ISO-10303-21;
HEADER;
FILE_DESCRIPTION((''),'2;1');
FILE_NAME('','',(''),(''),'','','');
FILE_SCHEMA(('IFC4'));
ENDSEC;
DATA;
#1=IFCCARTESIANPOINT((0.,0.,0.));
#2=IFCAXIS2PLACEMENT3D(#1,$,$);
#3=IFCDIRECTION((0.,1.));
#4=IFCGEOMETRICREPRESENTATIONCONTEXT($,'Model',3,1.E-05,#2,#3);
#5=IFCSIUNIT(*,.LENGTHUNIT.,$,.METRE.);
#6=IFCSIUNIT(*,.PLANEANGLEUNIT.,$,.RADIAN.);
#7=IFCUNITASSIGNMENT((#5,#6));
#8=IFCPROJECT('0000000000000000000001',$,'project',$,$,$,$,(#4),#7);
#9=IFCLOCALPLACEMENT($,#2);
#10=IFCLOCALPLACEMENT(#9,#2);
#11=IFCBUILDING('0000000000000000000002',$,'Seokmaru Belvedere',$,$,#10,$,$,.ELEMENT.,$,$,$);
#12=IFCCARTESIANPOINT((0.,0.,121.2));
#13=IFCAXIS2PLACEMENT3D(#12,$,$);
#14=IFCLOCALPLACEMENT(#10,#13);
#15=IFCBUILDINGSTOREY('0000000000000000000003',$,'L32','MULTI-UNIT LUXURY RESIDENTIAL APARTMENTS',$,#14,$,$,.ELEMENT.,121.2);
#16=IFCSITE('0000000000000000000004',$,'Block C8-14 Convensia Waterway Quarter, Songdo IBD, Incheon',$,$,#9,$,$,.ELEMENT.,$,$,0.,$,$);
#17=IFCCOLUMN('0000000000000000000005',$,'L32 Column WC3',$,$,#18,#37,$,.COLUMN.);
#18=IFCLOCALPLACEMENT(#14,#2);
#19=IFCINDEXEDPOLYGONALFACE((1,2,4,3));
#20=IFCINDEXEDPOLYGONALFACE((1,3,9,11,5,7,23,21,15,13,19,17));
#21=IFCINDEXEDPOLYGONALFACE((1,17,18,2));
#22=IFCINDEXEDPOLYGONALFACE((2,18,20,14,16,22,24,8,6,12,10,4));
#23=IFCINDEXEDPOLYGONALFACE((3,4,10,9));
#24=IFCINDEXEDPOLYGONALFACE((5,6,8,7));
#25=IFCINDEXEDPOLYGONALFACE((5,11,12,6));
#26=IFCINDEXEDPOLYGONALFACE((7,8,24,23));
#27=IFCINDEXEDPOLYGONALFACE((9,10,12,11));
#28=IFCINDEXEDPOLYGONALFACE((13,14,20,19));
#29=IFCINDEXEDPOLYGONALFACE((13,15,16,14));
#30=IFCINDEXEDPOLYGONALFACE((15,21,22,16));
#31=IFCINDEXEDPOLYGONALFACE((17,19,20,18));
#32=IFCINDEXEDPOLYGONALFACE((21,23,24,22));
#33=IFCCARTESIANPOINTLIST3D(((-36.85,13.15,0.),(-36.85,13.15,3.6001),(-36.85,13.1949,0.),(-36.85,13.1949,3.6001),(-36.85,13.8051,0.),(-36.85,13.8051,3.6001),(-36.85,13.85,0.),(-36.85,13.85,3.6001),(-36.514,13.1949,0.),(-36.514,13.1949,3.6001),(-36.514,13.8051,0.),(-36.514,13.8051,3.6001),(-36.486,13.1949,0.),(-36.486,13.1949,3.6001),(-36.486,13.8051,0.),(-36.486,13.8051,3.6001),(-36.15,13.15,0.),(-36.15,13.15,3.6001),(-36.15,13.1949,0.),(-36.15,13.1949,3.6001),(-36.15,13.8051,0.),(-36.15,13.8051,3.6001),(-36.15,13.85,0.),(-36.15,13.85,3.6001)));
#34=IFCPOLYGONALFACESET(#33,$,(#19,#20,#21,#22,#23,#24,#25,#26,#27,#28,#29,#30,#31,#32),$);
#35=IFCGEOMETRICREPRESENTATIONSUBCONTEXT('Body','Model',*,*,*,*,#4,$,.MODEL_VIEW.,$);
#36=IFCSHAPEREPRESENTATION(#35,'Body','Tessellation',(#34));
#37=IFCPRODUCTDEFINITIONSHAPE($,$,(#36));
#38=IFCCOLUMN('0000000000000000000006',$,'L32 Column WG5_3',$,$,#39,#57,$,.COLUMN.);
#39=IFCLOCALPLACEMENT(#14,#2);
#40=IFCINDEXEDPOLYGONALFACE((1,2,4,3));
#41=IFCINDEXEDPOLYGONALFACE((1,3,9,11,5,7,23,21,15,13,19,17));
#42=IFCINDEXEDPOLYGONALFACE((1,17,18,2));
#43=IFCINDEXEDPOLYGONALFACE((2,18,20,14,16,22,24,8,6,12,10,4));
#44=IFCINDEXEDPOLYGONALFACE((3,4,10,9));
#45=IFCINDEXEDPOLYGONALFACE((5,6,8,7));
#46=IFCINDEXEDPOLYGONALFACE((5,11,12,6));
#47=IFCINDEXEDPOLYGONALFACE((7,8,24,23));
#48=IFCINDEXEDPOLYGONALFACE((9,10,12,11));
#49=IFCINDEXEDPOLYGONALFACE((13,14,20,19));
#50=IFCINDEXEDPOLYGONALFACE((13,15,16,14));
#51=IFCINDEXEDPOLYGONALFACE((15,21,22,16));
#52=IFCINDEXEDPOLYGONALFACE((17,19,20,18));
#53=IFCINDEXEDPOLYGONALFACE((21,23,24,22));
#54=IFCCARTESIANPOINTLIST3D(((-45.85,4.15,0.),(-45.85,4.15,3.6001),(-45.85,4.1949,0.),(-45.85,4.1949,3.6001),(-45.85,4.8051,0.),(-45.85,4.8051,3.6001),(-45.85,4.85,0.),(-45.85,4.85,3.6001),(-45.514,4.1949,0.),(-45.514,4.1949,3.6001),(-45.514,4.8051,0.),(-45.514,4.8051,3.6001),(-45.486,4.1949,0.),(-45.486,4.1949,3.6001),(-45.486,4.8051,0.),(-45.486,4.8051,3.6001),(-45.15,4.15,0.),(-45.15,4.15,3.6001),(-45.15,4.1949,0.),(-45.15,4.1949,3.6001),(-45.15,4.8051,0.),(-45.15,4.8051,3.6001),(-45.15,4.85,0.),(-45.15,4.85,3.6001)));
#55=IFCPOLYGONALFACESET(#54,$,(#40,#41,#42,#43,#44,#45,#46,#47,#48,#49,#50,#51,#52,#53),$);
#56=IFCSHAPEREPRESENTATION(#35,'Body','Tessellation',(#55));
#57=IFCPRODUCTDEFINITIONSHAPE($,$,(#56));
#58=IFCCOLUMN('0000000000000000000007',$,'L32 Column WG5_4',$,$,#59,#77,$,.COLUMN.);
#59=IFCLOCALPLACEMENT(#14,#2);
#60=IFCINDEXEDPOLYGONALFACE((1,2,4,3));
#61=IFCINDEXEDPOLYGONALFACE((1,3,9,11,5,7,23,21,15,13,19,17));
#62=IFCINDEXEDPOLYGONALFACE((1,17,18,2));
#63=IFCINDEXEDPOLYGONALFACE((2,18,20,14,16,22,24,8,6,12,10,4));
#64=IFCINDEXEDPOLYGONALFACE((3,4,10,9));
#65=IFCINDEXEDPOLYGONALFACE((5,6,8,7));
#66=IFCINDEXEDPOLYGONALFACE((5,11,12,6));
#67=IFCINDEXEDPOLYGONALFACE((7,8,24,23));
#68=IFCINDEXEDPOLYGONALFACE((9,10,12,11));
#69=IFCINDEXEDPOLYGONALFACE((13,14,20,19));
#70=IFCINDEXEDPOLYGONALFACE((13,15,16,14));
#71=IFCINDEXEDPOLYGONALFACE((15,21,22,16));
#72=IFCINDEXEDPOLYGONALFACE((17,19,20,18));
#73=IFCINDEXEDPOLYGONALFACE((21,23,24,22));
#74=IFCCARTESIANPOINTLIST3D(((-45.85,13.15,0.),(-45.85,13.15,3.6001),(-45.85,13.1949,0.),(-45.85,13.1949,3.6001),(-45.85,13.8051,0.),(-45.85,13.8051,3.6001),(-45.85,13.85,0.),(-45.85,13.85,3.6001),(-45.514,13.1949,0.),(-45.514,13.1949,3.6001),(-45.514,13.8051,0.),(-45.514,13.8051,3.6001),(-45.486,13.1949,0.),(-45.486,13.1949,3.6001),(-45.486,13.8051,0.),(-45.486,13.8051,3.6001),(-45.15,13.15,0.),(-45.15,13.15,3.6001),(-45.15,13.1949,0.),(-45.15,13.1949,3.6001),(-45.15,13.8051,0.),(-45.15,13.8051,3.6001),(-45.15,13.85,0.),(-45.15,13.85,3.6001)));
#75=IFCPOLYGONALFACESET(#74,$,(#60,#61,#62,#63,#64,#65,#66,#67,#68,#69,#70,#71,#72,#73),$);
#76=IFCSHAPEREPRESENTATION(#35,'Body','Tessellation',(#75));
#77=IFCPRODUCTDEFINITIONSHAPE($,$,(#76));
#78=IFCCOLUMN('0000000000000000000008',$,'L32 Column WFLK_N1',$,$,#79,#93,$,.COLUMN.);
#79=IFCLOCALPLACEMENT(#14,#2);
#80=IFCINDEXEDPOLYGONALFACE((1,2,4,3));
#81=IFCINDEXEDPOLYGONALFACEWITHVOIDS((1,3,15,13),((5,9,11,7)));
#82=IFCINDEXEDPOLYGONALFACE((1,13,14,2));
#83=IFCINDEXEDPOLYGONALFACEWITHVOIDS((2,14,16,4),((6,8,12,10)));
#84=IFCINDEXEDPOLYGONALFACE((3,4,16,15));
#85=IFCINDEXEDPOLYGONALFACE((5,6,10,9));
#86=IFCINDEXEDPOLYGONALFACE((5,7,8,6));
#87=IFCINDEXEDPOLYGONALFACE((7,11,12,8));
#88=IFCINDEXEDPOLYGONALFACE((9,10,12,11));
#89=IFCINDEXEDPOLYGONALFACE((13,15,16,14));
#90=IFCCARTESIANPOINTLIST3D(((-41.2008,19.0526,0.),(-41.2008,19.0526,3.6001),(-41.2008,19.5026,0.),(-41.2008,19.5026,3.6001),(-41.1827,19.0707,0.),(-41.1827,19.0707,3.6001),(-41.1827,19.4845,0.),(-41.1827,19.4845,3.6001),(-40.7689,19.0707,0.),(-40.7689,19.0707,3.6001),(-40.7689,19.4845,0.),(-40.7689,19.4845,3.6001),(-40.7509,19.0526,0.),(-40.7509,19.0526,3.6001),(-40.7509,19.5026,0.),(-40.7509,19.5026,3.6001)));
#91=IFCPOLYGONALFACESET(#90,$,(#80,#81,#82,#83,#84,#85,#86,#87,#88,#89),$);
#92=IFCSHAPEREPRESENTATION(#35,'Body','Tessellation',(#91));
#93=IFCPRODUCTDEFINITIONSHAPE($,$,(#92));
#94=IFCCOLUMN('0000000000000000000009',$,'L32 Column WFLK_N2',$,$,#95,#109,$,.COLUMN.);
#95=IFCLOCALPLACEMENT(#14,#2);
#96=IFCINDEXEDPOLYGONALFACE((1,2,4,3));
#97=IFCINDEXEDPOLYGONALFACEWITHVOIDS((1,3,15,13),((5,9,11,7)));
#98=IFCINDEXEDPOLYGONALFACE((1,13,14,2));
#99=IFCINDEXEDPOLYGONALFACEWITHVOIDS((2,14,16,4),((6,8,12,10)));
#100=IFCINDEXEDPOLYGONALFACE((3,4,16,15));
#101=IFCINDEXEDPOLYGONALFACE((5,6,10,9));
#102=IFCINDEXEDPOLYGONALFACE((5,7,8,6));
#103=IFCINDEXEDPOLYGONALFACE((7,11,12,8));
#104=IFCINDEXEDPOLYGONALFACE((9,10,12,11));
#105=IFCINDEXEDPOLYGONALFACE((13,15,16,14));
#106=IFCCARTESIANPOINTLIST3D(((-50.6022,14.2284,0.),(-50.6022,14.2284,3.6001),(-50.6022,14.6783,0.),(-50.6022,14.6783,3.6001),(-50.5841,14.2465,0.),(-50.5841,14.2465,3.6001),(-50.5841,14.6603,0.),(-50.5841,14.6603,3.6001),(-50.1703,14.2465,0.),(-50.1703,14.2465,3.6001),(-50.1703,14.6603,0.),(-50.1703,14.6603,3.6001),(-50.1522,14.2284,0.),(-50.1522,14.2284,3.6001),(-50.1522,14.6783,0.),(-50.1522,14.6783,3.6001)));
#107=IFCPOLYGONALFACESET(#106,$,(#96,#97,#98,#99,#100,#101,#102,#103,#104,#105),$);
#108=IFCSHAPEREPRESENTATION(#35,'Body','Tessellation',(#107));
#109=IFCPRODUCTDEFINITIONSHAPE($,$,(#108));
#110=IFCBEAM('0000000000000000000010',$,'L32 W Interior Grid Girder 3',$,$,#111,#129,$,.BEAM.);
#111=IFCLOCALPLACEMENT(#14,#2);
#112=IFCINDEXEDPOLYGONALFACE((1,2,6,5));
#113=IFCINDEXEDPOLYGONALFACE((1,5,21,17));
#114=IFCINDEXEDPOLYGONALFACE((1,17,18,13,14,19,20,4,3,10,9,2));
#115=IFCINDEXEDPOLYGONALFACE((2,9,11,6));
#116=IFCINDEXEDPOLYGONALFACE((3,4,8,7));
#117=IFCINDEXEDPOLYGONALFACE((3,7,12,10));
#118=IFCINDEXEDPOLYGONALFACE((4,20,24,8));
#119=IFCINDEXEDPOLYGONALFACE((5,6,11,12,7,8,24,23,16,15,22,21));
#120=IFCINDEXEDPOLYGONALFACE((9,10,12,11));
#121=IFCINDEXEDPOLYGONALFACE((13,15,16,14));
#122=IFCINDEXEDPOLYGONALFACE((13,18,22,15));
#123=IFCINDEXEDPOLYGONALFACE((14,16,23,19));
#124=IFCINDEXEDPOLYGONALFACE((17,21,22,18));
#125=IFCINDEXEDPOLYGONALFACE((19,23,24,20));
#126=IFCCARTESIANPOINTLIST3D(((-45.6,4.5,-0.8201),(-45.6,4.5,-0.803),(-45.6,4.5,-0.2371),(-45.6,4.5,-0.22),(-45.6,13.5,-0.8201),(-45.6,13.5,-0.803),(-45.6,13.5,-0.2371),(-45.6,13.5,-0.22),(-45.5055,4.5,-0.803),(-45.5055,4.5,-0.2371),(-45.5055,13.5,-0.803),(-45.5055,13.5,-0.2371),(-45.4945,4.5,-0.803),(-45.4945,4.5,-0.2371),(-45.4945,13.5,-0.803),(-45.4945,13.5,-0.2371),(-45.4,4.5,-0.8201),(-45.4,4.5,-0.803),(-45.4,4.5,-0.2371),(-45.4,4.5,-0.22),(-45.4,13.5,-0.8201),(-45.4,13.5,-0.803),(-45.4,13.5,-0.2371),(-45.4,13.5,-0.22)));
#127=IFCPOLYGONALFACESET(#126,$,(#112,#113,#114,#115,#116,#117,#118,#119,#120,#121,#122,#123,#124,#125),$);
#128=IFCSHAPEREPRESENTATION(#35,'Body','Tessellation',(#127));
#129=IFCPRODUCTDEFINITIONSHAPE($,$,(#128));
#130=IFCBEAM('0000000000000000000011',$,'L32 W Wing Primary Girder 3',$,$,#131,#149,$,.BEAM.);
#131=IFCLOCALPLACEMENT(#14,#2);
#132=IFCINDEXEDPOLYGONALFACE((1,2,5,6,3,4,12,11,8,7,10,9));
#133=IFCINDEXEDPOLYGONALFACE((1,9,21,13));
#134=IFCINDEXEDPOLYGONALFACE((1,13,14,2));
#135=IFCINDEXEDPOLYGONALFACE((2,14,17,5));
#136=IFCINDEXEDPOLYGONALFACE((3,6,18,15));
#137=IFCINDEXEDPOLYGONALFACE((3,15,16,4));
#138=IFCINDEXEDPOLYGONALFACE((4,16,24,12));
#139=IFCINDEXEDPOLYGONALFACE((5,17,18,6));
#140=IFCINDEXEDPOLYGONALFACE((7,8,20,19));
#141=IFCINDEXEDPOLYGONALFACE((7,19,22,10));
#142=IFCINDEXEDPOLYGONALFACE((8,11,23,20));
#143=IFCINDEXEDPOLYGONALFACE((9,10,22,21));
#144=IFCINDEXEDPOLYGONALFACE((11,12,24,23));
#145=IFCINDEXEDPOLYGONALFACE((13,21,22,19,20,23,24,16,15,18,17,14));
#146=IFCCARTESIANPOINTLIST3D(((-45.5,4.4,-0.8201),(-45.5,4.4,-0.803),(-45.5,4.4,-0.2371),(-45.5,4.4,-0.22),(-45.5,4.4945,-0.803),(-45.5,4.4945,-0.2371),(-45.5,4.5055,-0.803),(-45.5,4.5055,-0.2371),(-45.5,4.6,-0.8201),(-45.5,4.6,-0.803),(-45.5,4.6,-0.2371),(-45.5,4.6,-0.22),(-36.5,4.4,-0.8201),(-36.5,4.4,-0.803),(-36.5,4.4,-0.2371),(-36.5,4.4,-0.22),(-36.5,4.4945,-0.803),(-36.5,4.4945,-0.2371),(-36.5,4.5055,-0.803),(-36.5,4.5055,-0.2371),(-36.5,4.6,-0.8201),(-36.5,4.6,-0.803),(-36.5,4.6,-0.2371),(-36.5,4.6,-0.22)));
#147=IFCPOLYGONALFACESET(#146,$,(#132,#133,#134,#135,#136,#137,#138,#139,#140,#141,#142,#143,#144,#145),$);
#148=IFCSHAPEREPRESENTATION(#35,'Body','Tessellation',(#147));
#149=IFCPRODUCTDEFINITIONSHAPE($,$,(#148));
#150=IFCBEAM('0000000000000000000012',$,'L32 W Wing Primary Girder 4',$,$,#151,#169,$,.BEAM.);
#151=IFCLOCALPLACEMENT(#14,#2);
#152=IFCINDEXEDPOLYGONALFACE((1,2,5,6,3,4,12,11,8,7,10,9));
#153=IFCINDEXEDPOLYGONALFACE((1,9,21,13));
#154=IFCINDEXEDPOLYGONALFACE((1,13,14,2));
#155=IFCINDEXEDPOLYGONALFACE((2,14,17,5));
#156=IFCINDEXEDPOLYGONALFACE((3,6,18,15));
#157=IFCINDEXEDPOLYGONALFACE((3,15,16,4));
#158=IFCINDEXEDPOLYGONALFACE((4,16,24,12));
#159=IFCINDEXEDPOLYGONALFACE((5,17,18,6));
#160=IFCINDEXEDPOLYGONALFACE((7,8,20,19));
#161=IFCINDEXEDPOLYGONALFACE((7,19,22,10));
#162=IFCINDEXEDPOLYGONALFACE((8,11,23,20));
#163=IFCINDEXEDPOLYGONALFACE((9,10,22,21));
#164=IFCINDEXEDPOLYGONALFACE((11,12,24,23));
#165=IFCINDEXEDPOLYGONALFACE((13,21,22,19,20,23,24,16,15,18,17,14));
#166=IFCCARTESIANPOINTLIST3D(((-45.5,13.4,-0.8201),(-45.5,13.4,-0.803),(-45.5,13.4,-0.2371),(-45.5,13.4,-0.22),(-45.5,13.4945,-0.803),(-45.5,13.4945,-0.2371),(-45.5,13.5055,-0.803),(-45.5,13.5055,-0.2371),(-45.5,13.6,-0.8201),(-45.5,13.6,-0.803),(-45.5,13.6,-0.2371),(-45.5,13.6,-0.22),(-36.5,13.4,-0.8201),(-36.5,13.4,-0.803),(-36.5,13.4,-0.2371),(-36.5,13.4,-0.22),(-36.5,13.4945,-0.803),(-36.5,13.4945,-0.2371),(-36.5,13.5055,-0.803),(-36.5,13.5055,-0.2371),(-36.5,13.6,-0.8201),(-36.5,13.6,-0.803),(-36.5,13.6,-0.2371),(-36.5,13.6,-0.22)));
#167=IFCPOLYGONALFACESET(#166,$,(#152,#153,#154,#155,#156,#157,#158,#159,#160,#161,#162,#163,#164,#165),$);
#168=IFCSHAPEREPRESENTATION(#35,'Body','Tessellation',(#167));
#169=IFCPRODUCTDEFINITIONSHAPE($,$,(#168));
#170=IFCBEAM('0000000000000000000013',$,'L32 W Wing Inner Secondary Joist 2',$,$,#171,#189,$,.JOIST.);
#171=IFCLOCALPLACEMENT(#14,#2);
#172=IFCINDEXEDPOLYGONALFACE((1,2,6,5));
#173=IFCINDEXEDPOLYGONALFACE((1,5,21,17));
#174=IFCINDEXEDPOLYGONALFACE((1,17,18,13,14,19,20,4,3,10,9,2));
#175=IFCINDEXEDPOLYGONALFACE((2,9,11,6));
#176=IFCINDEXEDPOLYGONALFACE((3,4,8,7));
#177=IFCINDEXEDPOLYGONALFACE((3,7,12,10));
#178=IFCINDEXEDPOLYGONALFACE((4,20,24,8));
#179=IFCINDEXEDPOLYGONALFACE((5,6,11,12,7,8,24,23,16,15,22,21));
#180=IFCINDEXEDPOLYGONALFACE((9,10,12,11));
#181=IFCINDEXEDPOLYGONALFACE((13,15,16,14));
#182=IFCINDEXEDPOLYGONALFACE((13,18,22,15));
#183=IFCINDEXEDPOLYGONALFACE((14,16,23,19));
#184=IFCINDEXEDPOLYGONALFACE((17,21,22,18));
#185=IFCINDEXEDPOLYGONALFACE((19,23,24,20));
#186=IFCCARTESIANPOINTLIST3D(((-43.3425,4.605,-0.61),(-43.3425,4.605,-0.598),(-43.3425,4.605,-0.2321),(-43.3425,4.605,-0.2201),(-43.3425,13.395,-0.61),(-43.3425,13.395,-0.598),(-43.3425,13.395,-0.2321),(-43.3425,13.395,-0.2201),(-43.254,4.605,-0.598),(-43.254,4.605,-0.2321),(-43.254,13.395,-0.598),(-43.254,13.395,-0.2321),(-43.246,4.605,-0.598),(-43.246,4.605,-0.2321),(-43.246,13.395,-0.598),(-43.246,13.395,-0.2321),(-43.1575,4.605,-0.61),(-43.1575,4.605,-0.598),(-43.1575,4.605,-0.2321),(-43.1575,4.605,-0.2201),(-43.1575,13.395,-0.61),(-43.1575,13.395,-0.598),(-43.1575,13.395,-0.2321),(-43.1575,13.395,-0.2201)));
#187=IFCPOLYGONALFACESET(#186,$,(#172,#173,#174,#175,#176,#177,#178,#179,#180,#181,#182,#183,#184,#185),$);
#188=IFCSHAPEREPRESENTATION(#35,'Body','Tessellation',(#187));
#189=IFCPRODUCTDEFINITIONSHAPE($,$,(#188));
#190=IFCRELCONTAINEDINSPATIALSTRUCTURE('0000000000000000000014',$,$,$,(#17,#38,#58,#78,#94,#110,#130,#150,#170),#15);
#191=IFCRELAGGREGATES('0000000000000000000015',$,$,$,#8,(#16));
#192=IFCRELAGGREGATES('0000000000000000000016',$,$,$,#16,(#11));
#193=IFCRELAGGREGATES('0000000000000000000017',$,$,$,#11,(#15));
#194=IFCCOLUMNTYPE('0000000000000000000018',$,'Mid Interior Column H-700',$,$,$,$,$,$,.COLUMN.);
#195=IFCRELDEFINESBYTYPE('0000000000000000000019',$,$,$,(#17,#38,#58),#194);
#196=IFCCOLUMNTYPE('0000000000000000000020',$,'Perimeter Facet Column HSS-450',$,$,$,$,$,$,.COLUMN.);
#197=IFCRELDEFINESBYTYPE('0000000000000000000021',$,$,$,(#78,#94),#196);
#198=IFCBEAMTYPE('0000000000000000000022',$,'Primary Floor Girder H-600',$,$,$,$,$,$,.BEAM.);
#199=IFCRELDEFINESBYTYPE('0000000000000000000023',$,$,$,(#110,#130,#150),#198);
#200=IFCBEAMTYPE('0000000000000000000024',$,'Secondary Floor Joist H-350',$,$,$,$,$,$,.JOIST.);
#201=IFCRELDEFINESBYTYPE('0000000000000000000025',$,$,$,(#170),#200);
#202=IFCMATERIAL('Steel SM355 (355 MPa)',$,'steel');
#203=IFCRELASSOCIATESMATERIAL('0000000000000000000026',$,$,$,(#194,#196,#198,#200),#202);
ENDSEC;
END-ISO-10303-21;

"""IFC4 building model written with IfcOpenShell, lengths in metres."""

from ifc_helpers import new_model, si_unit, direction, frame, origin, origin_2d, place, context, subcontext, project, spatial, hollow_rectangle, i_section, extrude, source, transform, mapped, material, material_profile, profile_set, type_object, type_shapes, element, save


model = new_model("IFC4")

# Units and contexts
model_context = context("Model", 3, precision=1e-05, world=origin(), true_north=direction((0.0, 1.0)))
body_context = subcontext(model_context, "Body", "Model", "MODEL_VIEW")
ifc_project = project(units=[si_unit("LENGTHUNIT", "METRE"), si_unit("PLANEANGLEUNIT", "RADIAN")], contexts=[model_context])

# Site, building, storey
site_placement = place(None, origin())
site = spatial("IfcSite", under=ifc_project, at=site_placement, Name="Block C8-14 Convensia Waterway Quarter, Songdo IBD, Incheon", CompositionType="ELEMENT", RefElevation=0.0)
building_placement = place(site_placement, origin())
building = spatial("IfcBuilding", under=site, at=building_placement, Name="Seokmaru Belvedere", CompositionType="ELEMENT")
storey_placement = place(building_placement, frame((0.0, 0.0, 121.2)))
storey = spatial("IfcBuildingStorey", under=building, at=storey_placement, Name="L32", Description="MULTI-UNIT LUXURY RESIDENTIAL APARTMENTS", CompositionType="ELEMENT", Elevation=121.2)

# Columns
ifc_material_1 = material(Name="Steel SM355 (355 MPa)", Category="steel")
ifc_material_profile_1 = material_profile(ifc_material_1, i_section(OverallWidth=0.7, OverallDepth=0.7, WebThickness=0.0281, FlangeThickness=0.0449, at=origin_2d()), Name="H-700x700x28x45")
ifc_profile_set_1 = profile_set([ifc_material_profile_1], Name="Steel SM355 (355 MPa)")
column_type_1 = type_object("IfcColumnType", Name="Mid Interior Column H-700", PredefinedType="COLUMN", material=ifc_profile_set_1)
shared_shape_1 = source(origin(), body_context, "Body", "SweptSolid", [
    extrude(i_section(OverallWidth=0.7, OverallDepth=0.7, WebThickness=0.0281, FlangeThickness=0.0449, at=origin_2d()), origin(), (0.0, 0.0, 1.0), 3.6001),
])
type_shapes(column_type_1, [shared_shape_1])
for number, where, z_axis, x_axis, name in (
    (1, (-36.5, 13.5, 0.0), (0.0, 0.0, 1.0), (1.0, 0.0, 0.0), "L32 Column WC3"),
    (2, (-45.5, 4.5, 0.0), (0.0, 0.0, 1.0), (1.0, 0.0, 0.0), "L32 Column WG5_3"),
    (3, (-45.5, 13.5, 0.0), (0.0, 0.0, 1.0), (1.0, 0.0, 0.0), "L32 Column WG5_4"),
):
    element("IfcColumn", number, at=place(storey_placement, frame(where, z_axis=z_axis, x_axis=x_axis)), inside=storey, type_object=column_type_1, Name=name, PredefinedType="COLUMN", context=body_context, shape_type="MappedRepresentation", body=[
        mapped(shared_shape_1, transform((0.0, 0.0, 0.0), scale=1.0)),
    ])
ifc_material_profile_2 = material_profile(ifc_material_1, hollow_rectangle(XDim=0.45, YDim=0.45, WallThickness=0.0181, at=origin_2d()), Name="HSS-450x450x18")
ifc_profile_set_2 = profile_set([ifc_material_profile_2], Name="Steel SM355 (355 MPa)")
column_type_2 = type_object("IfcColumnType", Name="Perimeter Facet Column HSS-450", PredefinedType="COLUMN", material=ifc_profile_set_2)
shared_shape_2 = source(origin(), body_context, "Body", "SweptSolid", [
    extrude(hollow_rectangle(XDim=0.45, YDim=0.45, WallThickness=0.0181, at=origin_2d()), origin(), (0.0, 0.0, 1.0), 3.6001),
])
type_shapes(column_type_2, [shared_shape_2])
for number, where, z_axis, x_axis, name in (
    (4, (-40.9758, 19.2776, 0.0), (0.0, 0.0, 1.0), (1.0, 0.0, 0.0), "L32 Column WFLK_N1"),
    (5, (-50.3772, 14.4534, 0.0), (0.0, 0.0, 1.0), (1.0, 0.0, 0.0), "L32 Column WFLK_N2"),
):
    element("IfcColumn", number, at=place(storey_placement, frame(where, z_axis=z_axis, x_axis=x_axis)), inside=storey, type_object=column_type_2, Name=name, PredefinedType="COLUMN", context=body_context, shape_type="MappedRepresentation", body=[
        mapped(shared_shape_2, transform((0.0, 0.0, 0.0), scale=1.0)),
    ])

# Beams
ifc_material_profile_3 = material_profile(ifc_material_1, i_section(OverallWidth=0.2, OverallDepth=0.6001, WebThickness=0.011, FlangeThickness=0.0171, at=origin_2d()), Name="H-600x200x11x17")
ifc_profile_set_3 = profile_set([ifc_material_profile_3], Name="Steel SM355 (355 MPa)")
beam_type_1 = type_object("IfcBeamType", Name="Primary Floor Girder H-600", PredefinedType="BEAM", material=ifc_profile_set_3)
shared_shape_3 = source(origin(), body_context, "Body", "SweptSolid", [
    extrude(i_section(OverallWidth=0.2, OverallDepth=0.6001, WebThickness=0.011, FlangeThickness=0.0171, at=origin_2d()), origin(), (0.0, 0.0, 1.0), 9.0),
])
for number, where, z_axis, x_axis, name in (
    (6, (-45.5, 4.5, -0.52), (0.0, 1.0, 0.0), (-1.0, 0.0, 0.0), "L32 W Interior Grid Girder 3"),
    (7, (-45.5, 4.5, -0.52), (1.0, 0.0, 0.0), (0.0, 1.0, 0.0), "L32 W Wing Primary Girder 3"),
    (8, (-45.5, 13.5, -0.52), (1.0, 0.0, 0.0), (0.0, 1.0, 0.0), "L32 W Wing Primary Girder 4"),
):
    element("IfcBeam", number, at=place(storey_placement, frame(where, z_axis=z_axis, x_axis=x_axis)), inside=storey, type_object=beam_type_1, Name=name, PredefinedType="BEAM", context=body_context, shape_type="MappedRepresentation", body=[
        mapped(shared_shape_3, transform((0.0, 0.0, 0.0), scale=1.0)),
    ])
ifc_material_profile_4 = material_profile(ifc_material_1, i_section(OverallWidth=0.1851, OverallDepth=0.3899, WebThickness=0.0081, FlangeThickness=0.012, at=origin_2d()), Name="H-390x185x8x12")
ifc_profile_set_4 = profile_set([ifc_material_profile_4], Name="Steel SM355 (355 MPa)")
beam_type_2 = type_object("IfcBeamType", Name="Secondary Floor Joist H-350", PredefinedType="JOIST", material=ifc_profile_set_4)
shared_shape_4 = source(origin(), body_context, "Body", "SweptSolid", [
    extrude(i_section(OverallWidth=0.1851, OverallDepth=0.3899, WebThickness=0.0081, FlangeThickness=0.012, at=origin_2d()), origin(), (0.0, 0.0, 1.0), 8.79),
])
type_shapes(beam_type_2, [shared_shape_4])
for number, where, z_axis, x_axis, name in (
    (9, (-43.25, 4.605, -0.415), (0.0, 1.0, 0.0), (-1.0, 0.0, 0.0), "L32 W Wing Inner Secondary Joist 2"),
):
    element("IfcBeam", number, at=place(storey_placement, frame(where, z_axis=z_axis, x_axis=x_axis)), inside=storey, type_object=beam_type_2, Name=name, PredefinedType="JOIST", context=body_context, shape_type="MappedRepresentation", body=[
        mapped(shared_shape_4, transform((0.0, 0.0, 0.0), scale=1.0)),
    ])

save(model, "model.ifc")
